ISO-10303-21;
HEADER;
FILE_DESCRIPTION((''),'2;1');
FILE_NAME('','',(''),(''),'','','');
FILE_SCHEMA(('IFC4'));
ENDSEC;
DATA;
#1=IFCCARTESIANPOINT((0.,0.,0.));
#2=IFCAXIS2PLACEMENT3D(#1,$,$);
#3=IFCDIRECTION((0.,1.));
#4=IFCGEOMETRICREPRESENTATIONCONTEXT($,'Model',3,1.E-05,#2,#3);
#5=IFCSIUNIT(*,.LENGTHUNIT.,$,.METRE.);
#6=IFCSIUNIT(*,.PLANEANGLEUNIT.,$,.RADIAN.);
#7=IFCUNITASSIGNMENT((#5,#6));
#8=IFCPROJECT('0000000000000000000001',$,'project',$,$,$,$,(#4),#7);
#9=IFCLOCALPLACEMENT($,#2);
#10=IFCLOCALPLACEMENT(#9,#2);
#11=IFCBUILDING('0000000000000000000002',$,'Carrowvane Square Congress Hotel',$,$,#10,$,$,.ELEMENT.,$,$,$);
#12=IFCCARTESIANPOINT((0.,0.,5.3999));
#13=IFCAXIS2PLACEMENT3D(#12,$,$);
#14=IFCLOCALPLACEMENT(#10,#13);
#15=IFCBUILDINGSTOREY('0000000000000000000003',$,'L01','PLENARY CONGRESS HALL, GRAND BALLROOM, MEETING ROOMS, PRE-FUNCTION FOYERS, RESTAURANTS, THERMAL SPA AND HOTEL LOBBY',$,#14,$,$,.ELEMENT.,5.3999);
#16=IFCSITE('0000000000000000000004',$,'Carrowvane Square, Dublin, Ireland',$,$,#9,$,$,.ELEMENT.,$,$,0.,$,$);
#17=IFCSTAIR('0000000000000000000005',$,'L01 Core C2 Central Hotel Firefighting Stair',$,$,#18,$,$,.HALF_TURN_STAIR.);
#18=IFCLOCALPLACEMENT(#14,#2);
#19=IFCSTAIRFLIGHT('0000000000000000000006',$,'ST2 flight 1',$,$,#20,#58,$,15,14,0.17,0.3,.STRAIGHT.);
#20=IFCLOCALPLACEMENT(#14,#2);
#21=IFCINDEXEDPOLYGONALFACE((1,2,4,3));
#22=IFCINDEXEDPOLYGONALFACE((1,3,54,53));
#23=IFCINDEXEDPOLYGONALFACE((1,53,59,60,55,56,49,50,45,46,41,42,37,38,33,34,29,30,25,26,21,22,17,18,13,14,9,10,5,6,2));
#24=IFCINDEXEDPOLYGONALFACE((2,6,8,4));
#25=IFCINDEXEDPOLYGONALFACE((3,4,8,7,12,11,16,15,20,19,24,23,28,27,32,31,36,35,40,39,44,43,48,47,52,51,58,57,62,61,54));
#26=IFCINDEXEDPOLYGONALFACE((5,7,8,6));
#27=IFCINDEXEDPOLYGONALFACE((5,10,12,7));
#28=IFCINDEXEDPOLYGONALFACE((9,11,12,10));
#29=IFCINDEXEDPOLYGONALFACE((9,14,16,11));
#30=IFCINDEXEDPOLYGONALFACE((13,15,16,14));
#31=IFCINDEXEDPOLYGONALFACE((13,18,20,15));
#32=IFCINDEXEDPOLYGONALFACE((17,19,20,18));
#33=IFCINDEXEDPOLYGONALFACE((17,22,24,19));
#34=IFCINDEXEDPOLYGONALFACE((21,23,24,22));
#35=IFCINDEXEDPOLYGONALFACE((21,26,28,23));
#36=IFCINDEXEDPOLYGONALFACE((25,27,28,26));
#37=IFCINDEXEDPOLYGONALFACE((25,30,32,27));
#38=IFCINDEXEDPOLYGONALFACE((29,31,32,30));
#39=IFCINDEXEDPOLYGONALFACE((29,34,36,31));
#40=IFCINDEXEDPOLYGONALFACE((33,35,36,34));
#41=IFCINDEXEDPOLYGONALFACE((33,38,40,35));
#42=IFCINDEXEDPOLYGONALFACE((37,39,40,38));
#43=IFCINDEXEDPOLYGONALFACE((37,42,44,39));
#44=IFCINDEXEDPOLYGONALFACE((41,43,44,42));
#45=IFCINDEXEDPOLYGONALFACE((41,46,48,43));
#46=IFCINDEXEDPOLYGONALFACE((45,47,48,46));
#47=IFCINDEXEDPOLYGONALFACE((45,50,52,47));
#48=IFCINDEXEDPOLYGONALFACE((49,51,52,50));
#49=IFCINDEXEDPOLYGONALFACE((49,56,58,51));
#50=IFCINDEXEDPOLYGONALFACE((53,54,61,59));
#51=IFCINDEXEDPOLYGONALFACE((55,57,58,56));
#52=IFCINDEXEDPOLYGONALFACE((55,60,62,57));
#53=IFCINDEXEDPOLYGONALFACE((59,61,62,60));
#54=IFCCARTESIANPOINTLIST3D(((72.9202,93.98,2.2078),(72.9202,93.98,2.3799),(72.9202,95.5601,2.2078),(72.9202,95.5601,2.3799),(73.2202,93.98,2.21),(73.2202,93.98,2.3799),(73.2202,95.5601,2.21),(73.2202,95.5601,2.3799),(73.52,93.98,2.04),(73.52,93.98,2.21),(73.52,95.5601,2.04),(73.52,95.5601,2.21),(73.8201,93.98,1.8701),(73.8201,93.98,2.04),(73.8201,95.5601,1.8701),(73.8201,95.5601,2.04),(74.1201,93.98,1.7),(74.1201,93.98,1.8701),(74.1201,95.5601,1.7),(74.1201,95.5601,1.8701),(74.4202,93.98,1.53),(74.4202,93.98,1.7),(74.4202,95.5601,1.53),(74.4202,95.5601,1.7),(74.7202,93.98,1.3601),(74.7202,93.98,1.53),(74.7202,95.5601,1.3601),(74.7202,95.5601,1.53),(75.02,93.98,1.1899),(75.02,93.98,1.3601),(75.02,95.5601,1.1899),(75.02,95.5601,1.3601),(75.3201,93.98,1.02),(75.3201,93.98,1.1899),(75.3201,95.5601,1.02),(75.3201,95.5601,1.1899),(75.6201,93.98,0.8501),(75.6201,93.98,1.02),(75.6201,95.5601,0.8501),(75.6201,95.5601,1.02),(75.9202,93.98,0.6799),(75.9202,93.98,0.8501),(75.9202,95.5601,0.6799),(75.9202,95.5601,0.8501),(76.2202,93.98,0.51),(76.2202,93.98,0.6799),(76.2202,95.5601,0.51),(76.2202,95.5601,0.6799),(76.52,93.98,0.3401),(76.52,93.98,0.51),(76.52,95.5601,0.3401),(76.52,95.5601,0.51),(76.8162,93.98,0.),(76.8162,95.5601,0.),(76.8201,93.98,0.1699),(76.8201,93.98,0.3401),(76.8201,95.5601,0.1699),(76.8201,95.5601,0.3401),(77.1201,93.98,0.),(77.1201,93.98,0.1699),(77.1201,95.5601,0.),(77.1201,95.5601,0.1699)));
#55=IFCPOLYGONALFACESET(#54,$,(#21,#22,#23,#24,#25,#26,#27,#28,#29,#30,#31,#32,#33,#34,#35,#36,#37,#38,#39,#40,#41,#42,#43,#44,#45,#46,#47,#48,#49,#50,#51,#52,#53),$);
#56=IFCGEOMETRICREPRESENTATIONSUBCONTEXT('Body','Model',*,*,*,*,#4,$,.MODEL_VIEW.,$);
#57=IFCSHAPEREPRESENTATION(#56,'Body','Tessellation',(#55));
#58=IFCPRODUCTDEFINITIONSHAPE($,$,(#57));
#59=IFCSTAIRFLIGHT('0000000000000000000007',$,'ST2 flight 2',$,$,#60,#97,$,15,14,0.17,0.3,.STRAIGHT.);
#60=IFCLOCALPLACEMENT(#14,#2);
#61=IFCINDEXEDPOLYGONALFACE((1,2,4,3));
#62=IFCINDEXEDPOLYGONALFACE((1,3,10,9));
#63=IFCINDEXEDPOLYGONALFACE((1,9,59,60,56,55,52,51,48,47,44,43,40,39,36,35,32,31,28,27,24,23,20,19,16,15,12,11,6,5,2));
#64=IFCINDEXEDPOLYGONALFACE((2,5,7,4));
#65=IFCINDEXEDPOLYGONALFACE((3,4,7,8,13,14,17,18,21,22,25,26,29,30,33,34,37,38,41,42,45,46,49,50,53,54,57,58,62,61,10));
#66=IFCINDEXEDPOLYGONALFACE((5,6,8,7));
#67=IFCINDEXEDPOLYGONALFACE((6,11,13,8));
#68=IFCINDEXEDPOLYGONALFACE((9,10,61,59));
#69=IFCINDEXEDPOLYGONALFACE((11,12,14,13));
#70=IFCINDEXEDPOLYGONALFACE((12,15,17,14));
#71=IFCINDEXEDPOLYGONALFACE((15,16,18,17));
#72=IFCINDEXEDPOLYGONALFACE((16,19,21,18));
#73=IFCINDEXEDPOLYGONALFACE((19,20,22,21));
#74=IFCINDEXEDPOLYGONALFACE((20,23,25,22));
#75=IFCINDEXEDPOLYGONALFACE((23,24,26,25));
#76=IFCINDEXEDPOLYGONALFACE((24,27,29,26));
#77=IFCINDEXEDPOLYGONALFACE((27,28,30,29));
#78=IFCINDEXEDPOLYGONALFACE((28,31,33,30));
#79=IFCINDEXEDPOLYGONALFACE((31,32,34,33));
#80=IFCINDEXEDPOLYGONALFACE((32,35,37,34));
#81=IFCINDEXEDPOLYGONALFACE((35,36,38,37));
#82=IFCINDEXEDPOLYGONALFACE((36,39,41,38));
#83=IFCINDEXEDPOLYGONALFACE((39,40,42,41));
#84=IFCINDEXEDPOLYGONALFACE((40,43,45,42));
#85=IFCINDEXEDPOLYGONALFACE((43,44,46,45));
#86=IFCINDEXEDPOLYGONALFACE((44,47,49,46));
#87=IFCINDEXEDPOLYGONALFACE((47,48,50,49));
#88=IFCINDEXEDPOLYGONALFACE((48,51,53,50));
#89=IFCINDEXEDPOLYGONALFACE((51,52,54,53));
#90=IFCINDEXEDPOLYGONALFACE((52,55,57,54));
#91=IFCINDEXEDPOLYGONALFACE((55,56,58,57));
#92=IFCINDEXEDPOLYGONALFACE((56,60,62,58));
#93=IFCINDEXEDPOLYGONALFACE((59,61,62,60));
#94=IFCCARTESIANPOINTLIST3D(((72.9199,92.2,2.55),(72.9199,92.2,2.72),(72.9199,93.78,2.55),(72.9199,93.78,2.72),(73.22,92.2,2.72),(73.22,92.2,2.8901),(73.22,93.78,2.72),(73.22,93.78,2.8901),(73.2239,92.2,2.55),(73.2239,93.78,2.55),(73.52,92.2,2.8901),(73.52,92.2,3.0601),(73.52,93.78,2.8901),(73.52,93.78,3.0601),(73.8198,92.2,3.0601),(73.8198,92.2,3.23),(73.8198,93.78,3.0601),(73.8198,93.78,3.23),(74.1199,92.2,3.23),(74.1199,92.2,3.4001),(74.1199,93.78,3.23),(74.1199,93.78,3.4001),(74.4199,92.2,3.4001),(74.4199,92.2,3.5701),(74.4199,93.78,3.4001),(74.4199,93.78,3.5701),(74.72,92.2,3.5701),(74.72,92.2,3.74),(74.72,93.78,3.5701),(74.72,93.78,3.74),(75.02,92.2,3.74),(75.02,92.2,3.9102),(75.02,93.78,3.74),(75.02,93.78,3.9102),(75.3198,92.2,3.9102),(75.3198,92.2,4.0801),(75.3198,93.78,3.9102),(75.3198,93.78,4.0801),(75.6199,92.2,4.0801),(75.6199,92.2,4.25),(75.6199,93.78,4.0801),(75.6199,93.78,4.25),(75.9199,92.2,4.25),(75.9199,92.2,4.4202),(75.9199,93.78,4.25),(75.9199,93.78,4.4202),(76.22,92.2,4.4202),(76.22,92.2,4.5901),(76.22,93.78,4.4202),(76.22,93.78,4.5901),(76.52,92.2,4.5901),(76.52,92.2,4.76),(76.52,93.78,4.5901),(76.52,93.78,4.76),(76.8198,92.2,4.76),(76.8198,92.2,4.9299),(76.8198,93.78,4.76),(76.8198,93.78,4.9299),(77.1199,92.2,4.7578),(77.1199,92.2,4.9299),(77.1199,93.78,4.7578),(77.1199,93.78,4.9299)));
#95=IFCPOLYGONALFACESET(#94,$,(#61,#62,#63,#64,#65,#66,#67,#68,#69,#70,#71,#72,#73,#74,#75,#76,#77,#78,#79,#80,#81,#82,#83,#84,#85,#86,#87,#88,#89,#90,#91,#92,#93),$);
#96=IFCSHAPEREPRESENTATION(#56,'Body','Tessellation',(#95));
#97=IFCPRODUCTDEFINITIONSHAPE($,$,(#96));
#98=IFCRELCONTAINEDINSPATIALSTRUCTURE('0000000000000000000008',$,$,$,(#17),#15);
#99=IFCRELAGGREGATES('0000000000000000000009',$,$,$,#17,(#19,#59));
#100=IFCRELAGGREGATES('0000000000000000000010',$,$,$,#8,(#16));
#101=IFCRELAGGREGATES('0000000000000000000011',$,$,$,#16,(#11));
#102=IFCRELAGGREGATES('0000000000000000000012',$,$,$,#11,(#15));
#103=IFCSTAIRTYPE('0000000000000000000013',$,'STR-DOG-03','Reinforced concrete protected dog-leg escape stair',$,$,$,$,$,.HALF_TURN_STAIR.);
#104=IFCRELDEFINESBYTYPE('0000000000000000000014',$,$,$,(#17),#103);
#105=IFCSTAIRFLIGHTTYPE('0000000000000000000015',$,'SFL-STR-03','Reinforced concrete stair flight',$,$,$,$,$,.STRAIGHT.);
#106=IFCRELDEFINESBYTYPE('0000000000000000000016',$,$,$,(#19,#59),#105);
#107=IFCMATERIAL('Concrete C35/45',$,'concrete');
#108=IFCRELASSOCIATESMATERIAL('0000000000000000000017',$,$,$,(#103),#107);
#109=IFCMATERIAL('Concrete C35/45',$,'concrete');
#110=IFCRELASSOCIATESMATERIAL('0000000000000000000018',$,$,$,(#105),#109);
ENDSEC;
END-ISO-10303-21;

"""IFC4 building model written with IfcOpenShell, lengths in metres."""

from ifc_helpers import new_model, si_unit, direction, frame, origin, place, context, subcontext, project, spatial, polyline, outline, extrude, material, type_object, element, aggregate, save


model = new_model("IFC4")

# Units and contexts
model_context = context("Model", 3, precision=1e-05, world=origin(), true_north=direction((0.0, 1.0)))
body_context = subcontext(model_context, "Body", "Model", "MODEL_VIEW")
ifc_project = project(units=[si_unit("LENGTHUNIT", "METRE"), si_unit("PLANEANGLEUNIT", "RADIAN")], contexts=[model_context])

# Site, building, storey
site_placement = place(None, origin())
site = spatial("IfcSite", under=ifc_project, at=site_placement, Name="Carrowvane Square, Dublin, Ireland", CompositionType="ELEMENT", RefElevation=0.0)
building_placement = place(site_placement, origin())
building = spatial("IfcBuilding", under=site, at=building_placement, Name="Carrowvane Square Congress Hotel", CompositionType="ELEMENT")
storey_placement = place(building_placement, frame((0.0, 0.0, 5.3999)))
storey = spatial("IfcBuildingStorey", under=building, at=storey_placement, Name="L01", Description="PLENARY CONGRESS HALL, GRAND BALLROOM, MEETING ROOMS, PRE-FUNCTION FOYERS, RESTAURANTS, THERMAL SPA AND HOTEL LOBBY", CompositionType="ELEMENT", Elevation=5.3999)

# Stair, stair flights
ifc_material_1 = material(Name="Concrete C35/45", Category="concrete")
stair_type = type_object("IfcStairType", Name="STR-DOG-03", Description="Reinforced concrete protected dog-leg escape stair", PredefinedType="HALF_TURN_STAIR", material=ifc_material_1)
stair_placement = place(storey_placement, origin())
stair = element("IfcStair", 1, at=stair_placement, inside=storey, type_object=stair_type, Name="L01 Core C2 Central Hotel Firefighting Stair", PredefinedType="HALF_TURN_STAIR")
ifc_material_2 = material(Name="Concrete C35/45", Category="concrete")
stair_flight_type = type_object("IfcStairFlightType", Name="SFL-STR-03", Description="Reinforced concrete stair flight", PredefinedType="STRAIGHT", material=ifc_material_2)
stair_flight_1_placement = place(storey_placement, frame((77.1201, 94.77, 0.0), z_axis=(0.0, 0.0, 1.0), x_axis=(-1.0, 0.0, 0.0)))
stair_flight_1 = element("IfcStairFlight", 2, at=stair_flight_1_placement, type_object=stair_flight_type, Name="ST2 flight 1", NumberOfRisers=15, NumberOfTreads=14, PredefinedType="STRAIGHT", RiserHeight=0.17, TreadLength=0.3, context=body_context, shape_type="SweptSolid", body=[
    extrude(outline(polyline([(0.0, 0.0), (0.0, 0.1699), (0.3, 0.1699), (0.3, 0.3401), (0.6001, 0.3401), (0.6001, 0.51), (0.8999, 0.51), (0.8999, 0.6799), (1.2, 0.6799), (1.2, 0.8501), (1.5, 0.8501), (1.5, 1.02), (1.8, 1.02), (1.8, 1.1899), (2.1001, 1.1899), (2.1001, 1.3601), (2.3999, 1.3601), (2.3999, 1.53), (2.7, 1.53), (2.7, 1.7), (3.0, 1.7), (3.0, 1.8701), (3.3, 1.8701), (3.3, 2.04), (3.6001, 2.04), (3.6001, 2.21), (3.8999, 2.21), (3.8999, 2.3799), (4.2, 2.3799), (4.2, 2.55), (4.2, 2.2078), (0.304, 0.0), (0.0, 0.0)])), frame((0.0, 0.79, 0.0), z_axis=(0.0, -1.0, 0.0), x_axis=(1.0, 0.0, 0.0)), (0.0, 0.0, 1.0), 1.5801),
])
stair_flight_2_placement = place(storey_placement, frame((72.9199, 92.99, 2.55), z_axis=(0.0, 0.0, 1.0), x_axis=(1.0, 0.0, 0.0)))
stair_flight_2 = element("IfcStairFlight", 3, at=stair_flight_2_placement, type_object=stair_flight_type, Name="ST2 flight 2", NumberOfRisers=15, NumberOfTreads=14, PredefinedType="STRAIGHT", RiserHeight=0.17, TreadLength=0.3, context=body_context, shape_type="SweptSolid", body=[
    extrude(outline(polyline([(0.0, 0.0), (0.0, 0.1699), (0.3, 0.1699), (0.3, 0.3401), (0.6001, 0.3401), (0.6001, 0.51), (0.8999, 0.51), (0.8999, 0.6799), (1.2, 0.6799), (1.2, 0.8501), (1.5, 0.8501), (1.5, 1.02), (1.8, 1.02), (1.8, 1.1899), (2.1001, 1.1899), (2.1001, 1.3601), (2.3999, 1.3601), (2.3999, 1.53), (2.7, 1.53), (2.7, 1.7), (3.0, 1.7), (3.0, 1.8701), (3.3, 1.8701), (3.3, 2.04), (3.6001, 2.04), (3.6001, 2.21), (3.8999, 2.21), (3.8999, 2.3799), (4.2, 2.3799), (4.2, 2.55), (4.2, 2.2078), (0.304, 0.0), (0.0, 0.0)])), frame((0.0, 0.79, 0.0), z_axis=(0.0, -1.0, 0.0), x_axis=(1.0, 0.0, 0.0)), (0.0, 0.0, 1.0), 1.5801),
])
aggregate(stair, [stair_flight_1, stair_flight_2])

save(model, "model.ifc")
